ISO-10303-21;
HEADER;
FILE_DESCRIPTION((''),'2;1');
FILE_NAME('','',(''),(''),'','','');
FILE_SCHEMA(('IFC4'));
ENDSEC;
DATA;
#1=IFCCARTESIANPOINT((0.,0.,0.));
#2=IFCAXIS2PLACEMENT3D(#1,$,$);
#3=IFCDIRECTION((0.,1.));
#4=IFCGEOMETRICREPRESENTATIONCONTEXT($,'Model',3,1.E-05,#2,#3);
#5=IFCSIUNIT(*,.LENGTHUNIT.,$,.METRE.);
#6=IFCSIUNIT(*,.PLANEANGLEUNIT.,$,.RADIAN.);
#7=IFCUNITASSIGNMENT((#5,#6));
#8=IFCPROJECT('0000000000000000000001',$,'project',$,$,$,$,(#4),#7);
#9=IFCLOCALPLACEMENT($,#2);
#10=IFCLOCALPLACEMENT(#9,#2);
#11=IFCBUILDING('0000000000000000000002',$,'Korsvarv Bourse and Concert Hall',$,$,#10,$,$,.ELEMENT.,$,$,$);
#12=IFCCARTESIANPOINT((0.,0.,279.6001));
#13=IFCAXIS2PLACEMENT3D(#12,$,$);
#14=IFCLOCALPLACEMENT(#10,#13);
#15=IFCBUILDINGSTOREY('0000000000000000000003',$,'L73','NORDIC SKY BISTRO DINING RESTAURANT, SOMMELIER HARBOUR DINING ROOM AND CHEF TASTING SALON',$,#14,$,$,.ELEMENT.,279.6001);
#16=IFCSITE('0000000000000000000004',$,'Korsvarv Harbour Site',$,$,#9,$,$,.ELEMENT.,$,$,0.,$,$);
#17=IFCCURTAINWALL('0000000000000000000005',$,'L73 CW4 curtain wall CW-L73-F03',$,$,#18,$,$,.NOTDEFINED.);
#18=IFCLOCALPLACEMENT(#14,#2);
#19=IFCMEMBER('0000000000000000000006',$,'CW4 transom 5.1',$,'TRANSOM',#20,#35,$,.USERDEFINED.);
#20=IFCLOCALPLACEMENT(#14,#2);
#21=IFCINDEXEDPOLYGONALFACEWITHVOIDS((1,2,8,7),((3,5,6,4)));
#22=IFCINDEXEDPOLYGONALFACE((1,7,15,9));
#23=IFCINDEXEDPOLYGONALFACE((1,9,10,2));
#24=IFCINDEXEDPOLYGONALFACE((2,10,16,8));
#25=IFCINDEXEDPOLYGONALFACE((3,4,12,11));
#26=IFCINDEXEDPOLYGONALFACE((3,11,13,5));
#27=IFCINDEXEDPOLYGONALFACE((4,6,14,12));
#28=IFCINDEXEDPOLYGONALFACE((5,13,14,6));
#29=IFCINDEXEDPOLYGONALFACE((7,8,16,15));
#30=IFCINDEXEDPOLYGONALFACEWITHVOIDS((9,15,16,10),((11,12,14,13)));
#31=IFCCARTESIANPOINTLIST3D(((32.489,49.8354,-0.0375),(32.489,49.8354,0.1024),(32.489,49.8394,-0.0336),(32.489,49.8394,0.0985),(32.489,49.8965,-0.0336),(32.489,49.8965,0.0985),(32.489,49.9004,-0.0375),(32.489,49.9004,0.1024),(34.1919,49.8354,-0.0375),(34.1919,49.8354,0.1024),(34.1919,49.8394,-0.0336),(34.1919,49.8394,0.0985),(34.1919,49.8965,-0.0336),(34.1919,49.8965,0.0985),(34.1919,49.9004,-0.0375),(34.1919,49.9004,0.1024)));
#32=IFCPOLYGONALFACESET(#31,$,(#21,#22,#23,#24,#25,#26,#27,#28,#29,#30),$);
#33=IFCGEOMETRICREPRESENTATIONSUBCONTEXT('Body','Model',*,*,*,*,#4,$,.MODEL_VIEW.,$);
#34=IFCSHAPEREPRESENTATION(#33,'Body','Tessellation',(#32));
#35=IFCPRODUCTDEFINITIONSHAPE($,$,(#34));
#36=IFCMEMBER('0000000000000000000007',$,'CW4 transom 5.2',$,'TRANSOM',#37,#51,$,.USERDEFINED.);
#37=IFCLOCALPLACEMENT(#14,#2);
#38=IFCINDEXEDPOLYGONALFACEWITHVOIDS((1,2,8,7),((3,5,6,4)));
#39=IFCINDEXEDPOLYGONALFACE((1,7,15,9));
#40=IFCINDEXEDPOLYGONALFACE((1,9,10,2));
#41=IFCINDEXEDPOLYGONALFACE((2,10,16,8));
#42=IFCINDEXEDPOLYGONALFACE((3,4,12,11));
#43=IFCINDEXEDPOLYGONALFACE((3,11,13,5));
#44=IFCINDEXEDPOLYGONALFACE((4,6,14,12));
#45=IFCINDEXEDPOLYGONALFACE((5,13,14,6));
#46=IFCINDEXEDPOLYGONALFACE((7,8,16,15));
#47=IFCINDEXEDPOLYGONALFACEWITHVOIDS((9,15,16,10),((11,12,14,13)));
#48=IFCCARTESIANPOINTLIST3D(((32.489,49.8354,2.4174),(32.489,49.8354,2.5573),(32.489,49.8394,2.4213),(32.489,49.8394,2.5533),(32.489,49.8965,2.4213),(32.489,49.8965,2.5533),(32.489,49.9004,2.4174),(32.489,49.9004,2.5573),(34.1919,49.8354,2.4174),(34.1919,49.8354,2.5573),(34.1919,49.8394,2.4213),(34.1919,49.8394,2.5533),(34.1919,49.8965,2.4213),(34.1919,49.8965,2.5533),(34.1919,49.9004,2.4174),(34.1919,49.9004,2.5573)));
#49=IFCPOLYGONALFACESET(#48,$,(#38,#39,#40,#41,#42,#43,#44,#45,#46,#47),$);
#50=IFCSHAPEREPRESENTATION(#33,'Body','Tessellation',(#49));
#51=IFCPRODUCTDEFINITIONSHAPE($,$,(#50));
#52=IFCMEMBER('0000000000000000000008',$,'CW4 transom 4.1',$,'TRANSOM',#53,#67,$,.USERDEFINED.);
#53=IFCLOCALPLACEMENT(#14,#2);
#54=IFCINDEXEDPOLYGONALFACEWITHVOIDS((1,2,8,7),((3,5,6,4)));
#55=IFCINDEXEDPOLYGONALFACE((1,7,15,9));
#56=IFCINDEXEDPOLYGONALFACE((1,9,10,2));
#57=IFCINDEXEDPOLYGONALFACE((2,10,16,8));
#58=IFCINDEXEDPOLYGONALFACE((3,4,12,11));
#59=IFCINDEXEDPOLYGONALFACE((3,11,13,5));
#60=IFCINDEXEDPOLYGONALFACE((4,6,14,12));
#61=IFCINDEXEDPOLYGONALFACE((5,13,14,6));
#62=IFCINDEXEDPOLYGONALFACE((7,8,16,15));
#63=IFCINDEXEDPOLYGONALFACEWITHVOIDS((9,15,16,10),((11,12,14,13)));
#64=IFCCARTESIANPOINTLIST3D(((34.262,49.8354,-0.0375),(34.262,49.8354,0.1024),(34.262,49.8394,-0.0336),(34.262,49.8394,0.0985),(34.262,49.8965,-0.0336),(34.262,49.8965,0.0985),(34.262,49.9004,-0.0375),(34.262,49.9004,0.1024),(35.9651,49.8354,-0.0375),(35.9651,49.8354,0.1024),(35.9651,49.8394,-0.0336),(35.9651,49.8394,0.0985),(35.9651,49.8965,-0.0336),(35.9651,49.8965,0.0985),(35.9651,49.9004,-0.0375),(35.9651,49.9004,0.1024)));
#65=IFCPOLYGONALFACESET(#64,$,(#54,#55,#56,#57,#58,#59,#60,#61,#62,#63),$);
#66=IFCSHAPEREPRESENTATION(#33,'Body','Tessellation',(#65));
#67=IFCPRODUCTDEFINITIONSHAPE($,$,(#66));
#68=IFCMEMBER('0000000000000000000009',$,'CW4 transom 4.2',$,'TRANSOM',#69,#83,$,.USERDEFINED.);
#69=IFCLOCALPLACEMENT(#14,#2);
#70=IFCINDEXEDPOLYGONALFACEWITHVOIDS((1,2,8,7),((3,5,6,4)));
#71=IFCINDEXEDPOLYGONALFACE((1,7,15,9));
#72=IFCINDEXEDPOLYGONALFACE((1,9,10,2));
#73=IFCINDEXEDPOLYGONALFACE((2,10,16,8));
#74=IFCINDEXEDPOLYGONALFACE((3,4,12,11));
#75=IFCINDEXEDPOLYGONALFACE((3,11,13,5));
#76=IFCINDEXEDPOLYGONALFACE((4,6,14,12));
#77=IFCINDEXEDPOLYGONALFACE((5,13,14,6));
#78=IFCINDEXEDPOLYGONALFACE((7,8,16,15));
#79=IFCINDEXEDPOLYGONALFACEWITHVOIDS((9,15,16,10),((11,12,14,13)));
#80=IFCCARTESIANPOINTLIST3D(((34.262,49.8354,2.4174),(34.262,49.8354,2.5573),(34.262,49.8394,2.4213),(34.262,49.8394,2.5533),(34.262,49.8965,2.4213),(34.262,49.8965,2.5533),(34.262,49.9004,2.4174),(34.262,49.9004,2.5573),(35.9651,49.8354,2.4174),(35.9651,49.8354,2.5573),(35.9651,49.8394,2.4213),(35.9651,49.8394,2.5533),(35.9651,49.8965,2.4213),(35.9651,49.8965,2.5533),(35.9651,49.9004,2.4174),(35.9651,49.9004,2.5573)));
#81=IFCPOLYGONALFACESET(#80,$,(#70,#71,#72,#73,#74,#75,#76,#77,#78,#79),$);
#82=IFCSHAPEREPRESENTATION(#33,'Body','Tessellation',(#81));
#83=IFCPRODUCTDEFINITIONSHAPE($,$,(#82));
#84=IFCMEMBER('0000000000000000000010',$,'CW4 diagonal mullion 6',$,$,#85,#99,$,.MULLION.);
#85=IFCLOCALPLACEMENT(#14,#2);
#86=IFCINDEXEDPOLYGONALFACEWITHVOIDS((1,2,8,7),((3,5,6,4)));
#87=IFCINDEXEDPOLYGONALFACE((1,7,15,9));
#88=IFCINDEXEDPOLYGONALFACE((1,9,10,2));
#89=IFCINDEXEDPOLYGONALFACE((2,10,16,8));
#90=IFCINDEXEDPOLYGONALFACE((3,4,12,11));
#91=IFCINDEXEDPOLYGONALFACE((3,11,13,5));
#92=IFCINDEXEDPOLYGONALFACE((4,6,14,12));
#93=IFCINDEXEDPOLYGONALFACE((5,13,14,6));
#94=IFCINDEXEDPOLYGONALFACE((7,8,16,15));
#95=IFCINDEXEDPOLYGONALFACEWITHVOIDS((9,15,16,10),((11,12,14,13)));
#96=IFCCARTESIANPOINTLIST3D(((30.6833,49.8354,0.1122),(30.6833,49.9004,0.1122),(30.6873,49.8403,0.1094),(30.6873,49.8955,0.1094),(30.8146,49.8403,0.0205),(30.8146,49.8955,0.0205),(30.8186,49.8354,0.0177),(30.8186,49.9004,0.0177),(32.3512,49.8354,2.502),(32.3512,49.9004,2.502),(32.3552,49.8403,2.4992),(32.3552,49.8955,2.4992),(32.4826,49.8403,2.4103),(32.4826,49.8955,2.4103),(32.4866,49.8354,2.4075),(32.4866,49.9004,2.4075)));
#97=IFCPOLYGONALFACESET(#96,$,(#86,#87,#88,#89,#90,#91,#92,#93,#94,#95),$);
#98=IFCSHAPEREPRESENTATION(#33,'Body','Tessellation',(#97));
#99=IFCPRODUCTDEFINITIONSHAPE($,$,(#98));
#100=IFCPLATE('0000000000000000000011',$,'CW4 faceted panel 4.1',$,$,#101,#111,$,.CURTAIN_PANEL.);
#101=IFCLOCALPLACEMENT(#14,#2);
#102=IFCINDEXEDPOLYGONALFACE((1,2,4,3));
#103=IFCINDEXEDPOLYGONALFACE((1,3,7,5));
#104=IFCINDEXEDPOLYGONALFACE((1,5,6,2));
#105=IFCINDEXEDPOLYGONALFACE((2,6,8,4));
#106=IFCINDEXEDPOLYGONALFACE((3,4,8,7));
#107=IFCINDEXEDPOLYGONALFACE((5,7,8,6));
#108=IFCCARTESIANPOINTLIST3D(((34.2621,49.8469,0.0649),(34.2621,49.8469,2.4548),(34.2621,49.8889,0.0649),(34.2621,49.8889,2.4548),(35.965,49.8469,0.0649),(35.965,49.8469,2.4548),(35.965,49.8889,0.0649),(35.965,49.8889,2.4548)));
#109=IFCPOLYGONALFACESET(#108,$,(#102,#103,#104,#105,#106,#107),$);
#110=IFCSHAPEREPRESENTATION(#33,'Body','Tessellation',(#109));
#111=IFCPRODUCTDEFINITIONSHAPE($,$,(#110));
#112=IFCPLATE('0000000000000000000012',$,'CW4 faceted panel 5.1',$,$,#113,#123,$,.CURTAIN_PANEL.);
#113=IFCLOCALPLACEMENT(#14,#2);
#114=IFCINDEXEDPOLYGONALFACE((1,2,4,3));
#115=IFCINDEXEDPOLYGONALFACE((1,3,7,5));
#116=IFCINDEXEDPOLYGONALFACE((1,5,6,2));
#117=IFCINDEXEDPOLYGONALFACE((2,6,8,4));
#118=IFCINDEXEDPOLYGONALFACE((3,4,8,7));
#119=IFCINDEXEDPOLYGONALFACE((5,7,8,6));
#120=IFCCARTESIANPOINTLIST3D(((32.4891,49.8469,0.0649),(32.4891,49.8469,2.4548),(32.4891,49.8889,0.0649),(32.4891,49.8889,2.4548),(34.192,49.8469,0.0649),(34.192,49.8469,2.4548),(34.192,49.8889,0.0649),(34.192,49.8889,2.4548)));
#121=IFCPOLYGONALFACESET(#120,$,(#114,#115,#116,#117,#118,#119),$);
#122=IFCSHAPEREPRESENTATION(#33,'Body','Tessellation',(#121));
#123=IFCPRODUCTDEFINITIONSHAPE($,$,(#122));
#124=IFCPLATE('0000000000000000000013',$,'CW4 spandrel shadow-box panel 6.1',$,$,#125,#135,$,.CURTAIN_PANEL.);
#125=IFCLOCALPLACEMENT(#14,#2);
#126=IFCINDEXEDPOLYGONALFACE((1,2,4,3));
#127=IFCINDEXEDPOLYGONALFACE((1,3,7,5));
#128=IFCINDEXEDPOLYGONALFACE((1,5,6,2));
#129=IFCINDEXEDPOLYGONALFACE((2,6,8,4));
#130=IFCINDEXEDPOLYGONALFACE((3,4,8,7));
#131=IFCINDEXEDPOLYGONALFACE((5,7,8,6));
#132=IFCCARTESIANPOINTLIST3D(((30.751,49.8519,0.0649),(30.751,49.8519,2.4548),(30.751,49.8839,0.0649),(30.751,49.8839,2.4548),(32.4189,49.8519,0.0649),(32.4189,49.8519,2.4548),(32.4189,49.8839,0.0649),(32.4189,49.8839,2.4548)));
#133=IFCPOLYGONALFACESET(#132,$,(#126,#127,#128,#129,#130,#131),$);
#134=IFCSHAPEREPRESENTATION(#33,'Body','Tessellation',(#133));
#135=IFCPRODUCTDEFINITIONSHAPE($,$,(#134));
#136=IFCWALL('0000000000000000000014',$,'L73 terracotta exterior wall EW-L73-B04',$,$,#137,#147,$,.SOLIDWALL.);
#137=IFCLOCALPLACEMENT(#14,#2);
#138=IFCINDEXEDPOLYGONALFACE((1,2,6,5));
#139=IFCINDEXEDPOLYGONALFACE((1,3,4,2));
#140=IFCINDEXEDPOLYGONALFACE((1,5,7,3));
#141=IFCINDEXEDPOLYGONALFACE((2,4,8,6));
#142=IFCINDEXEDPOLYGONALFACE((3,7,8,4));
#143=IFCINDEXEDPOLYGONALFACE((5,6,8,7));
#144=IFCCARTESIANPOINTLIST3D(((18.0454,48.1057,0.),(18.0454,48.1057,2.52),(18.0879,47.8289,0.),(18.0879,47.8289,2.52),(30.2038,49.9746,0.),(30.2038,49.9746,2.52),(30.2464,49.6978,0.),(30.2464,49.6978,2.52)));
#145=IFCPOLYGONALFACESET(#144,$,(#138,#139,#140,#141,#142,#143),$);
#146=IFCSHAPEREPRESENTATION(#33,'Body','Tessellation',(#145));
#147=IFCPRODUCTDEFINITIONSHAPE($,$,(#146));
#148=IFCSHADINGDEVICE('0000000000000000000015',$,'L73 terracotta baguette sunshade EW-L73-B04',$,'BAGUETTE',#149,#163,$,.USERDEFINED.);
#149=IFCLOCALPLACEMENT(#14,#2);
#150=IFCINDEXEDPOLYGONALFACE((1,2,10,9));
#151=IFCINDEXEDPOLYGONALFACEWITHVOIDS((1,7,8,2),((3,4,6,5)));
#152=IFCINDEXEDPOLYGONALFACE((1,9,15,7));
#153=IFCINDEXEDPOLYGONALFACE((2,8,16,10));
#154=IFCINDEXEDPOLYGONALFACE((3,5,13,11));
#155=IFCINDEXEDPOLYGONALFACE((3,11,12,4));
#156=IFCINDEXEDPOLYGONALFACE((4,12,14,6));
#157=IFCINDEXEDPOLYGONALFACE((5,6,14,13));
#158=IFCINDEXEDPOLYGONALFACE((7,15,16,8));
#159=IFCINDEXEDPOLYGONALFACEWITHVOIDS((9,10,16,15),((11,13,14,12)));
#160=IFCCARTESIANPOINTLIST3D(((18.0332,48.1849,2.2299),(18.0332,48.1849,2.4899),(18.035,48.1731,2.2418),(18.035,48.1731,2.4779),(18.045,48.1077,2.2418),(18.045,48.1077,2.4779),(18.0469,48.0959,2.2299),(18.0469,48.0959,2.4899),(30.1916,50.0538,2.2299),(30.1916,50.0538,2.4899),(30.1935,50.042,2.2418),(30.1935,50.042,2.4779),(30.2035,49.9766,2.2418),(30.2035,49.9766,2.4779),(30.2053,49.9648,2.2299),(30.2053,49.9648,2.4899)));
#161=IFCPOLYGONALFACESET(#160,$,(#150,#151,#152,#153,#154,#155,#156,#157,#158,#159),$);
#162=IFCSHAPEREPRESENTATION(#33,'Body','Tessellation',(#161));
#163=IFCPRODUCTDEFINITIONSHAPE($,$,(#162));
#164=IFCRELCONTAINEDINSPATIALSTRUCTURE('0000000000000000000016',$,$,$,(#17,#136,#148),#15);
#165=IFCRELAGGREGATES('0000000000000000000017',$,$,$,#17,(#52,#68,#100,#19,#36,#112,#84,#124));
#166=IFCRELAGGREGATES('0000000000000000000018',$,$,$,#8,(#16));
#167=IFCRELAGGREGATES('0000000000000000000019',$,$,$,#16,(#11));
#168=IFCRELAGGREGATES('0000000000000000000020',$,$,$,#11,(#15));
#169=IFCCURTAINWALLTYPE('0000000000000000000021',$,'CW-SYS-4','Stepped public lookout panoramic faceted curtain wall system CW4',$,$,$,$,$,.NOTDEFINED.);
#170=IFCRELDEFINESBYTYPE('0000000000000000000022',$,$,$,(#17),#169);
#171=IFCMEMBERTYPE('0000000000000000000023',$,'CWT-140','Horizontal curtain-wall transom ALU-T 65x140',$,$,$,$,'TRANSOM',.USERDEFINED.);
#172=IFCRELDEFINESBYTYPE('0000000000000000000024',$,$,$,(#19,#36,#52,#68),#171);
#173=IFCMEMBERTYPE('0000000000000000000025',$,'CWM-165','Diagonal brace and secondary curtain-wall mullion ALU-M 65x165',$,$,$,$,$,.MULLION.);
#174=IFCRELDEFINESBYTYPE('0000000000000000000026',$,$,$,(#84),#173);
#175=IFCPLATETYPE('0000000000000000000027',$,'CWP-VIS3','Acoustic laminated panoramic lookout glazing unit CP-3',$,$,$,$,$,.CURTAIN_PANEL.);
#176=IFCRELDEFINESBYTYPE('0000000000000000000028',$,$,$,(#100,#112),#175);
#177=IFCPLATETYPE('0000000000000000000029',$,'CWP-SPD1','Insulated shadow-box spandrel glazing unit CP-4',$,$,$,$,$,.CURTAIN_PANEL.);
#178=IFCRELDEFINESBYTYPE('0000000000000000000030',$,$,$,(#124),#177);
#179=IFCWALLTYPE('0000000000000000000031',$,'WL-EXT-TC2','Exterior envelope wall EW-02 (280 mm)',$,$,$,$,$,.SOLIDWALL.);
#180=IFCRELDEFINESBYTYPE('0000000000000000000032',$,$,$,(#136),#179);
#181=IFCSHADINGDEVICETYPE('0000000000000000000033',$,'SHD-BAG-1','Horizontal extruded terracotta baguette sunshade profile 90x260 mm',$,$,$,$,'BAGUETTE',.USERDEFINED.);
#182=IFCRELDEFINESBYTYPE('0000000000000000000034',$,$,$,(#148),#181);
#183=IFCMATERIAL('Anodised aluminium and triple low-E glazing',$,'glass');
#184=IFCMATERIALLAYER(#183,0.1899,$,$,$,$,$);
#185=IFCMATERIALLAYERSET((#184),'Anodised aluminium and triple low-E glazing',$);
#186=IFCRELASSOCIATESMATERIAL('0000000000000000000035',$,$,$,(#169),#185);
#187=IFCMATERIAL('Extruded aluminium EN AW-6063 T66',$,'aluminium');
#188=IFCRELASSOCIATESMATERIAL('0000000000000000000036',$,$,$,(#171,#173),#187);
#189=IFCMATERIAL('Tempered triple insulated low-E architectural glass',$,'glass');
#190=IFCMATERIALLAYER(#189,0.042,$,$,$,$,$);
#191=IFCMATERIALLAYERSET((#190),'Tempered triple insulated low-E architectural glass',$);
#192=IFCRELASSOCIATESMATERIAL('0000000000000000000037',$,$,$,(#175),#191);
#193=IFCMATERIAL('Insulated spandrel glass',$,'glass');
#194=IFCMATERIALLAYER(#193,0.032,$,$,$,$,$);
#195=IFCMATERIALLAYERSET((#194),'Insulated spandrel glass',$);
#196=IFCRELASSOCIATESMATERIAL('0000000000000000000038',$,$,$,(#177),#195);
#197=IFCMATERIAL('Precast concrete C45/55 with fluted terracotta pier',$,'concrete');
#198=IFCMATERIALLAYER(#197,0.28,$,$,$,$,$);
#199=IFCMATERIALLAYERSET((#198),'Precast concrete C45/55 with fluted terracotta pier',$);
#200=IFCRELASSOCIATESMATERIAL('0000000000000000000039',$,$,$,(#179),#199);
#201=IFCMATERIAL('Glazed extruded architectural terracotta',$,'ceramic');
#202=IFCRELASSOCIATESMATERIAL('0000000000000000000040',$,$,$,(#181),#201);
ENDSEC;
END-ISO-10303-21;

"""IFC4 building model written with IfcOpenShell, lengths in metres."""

from ifc_helpers import new_model, si_unit, direction, frame, frame_2d, origin, origin_2d, place, context, subcontext, project, spatial, rectangle, hollow_rectangle, extrude, source, transform, mapped, material, layer, layer_set, material_profile, profile_set, type_object, element, aggregate, save


model = new_model("IFC4")

# Units and contexts
model_context = context("Model", 3, precision=1e-05, world=origin(), true_north=direction((0.0, 1.0)))
body_context = subcontext(model_context, "Body", "Model", "MODEL_VIEW")
ifc_project = project(units=[si_unit("LENGTHUNIT", "METRE"), si_unit("PLANEANGLEUNIT", "RADIAN")], contexts=[model_context])

# Site, building, storey
site_placement = place(None, origin())
site = spatial("IfcSite", under=ifc_project, at=site_placement, Name="Korsvarv Harbour Site", CompositionType="ELEMENT", RefElevation=0.0)
building_placement = place(site_placement, origin())
building = spatial("IfcBuilding", under=site, at=building_placement, Name="Korsvarv Bourse and Concert Hall", CompositionType="ELEMENT")
storey_placement = place(building_placement, frame((0.0, 0.0, 279.6001)))
storey = spatial("IfcBuildingStorey", under=building, at=storey_placement, Name="L73", Description="NORDIC SKY BISTRO DINING RESTAURANT, SOMMELIER HARBOUR DINING ROOM AND CHEF TASTING SALON", CompositionType="ELEMENT", Elevation=279.6001)

# Curtain wall, members, plates
ifc_material_1 = material(Name="Anodised aluminium and triple low-E glazing", Category="glass")
ifc_layer_1 = layer(ifc_material_1, 0.1899)
ifc_layer_set_1 = layer_set([ifc_layer_1], Name="Anodised aluminium and triple low-E glazing")
curtain_wall_type = type_object("IfcCurtainWallType", Name="CW-SYS-4", Description="Stepped public lookout panoramic faceted curtain wall system CW4", PredefinedType="NOTDEFINED", material=ifc_layer_set_1)
curtain_wall_placement = place(storey_placement, origin())
curtain_wall = element("IfcCurtainWall", 1, at=curtain_wall_placement, inside=storey, type_object=curtain_wall_type, Name="L73 CW4 curtain wall CW-L73-F03", PredefinedType="NOTDEFINED")
ifc_material_2 = material(Name="Extruded aluminium EN AW-6063 T66", Category="aluminium")
ifc_material_profile_1 = material_profile(ifc_material_2, hollow_rectangle(XDim=0.0649, YDim=0.1399, WallThickness=0.0039, at=origin_2d()), Name="ALU-T 65x140")
ifc_profile_set_1 = profile_set([ifc_material_profile_1], Name="Extruded aluminium EN AW-6063 T66")
member_type_1 = type_object("IfcMemberType", Name="CWT-140", Description="Horizontal curtain-wall transom ALU-T 65x140", ElementType="TRANSOM", PredefinedType="USERDEFINED", material=ifc_profile_set_1)
shared_shape_1 = source(origin(), body_context, "Body", "SweptSolid", [
    extrude(hollow_rectangle(XDim=0.0649, YDim=0.1399, WallThickness=0.0039, at=origin_2d()), origin(), (0.0, 0.0, 1.0), 1.7029),
])
member_1_placement = place(storey_placement, frame((34.1919, 49.8679, 0.0325), z_axis=(-1.0, 0.0, 0.0), x_axis=(0.0, -1.0, 0.0)))
member_1 = element("IfcMember", 2, at=member_1_placement, type_object=member_type_1, Name="CW4 transom 5.1", ObjectType="TRANSOM", PredefinedType="USERDEFINED", context=body_context, shape_type="MappedRepresentation", body=[
    mapped(shared_shape_1, transform((0.0, 0.0, 0.0), scale=1.0)),
])
member_2_placement = place(storey_placement, frame((34.1919, 49.8679, 2.4873), z_axis=(-1.0, 0.0, 0.0), x_axis=(0.0, -1.0, 0.0)))
member_2 = element("IfcMember", 3, at=member_2_placement, type_object=member_type_1, Name="CW4 transom 5.2", ObjectType="TRANSOM", PredefinedType="USERDEFINED", context=body_context, shape_type="MappedRepresentation", body=[
    mapped(shared_shape_1, transform((0.0, 0.0, 0.0), scale=1.0)),
])
shared_shape_2 = source(origin(), body_context, "Body", "SweptSolid", [
    extrude(hollow_rectangle(XDim=0.0649, YDim=0.1399, WallThickness=0.0039, at=origin_2d()), origin(), (0.0, 0.0, 1.0), 1.7031),
])
member_3_placement = place(storey_placement, frame((35.9651, 49.8679, 0.0325), z_axis=(-1.0, 0.0, 0.0), x_axis=(0.0, -1.0, 0.0)))
member_3 = element("IfcMember", 4, at=member_3_placement, type_object=member_type_1, Name="CW4 transom 4.1", ObjectType="TRANSOM", PredefinedType="USERDEFINED", context=body_context, shape_type="MappedRepresentation", body=[
    mapped(shared_shape_2, transform((0.0, 0.0, 0.0), scale=1.0)),
])
member_4_placement = place(storey_placement, frame((35.9651, 49.8679, 2.4873), z_axis=(-1.0, 0.0, 0.0), x_axis=(0.0, -1.0, 0.0)))
member_4 = element("IfcMember", 5, at=member_4_placement, type_object=member_type_1, Name="CW4 transom 4.2", ObjectType="TRANSOM", PredefinedType="USERDEFINED", context=body_context, shape_type="MappedRepresentation", body=[
    mapped(shared_shape_2, transform((0.0, 0.0, 0.0), scale=1.0)),
])
ifc_material_profile_2 = material_profile(ifc_material_2, hollow_rectangle(XDim=0.0649, YDim=0.165, WallThickness=0.0049, at=origin_2d()), Name="ALU-M 65x165")
ifc_profile_set_2 = profile_set([ifc_material_profile_2], Name="Extruded aluminium EN AW-6063 T66")
member_type_2 = type_object("IfcMemberType", Name="CWM-165", Description="Diagonal brace and secondary curtain-wall mullion ALU-M 65x165", PredefinedType="MULLION", material=ifc_profile_set_2)
shared_shape_3 = source(origin(), body_context, "Body", "SweptSolid", [
    extrude(hollow_rectangle(XDim=0.0649, YDim=0.165, WallThickness=0.0049, at=origin_2d()), origin(), (0.0, 0.0, 1.0), 2.9143),
])
member_5_placement = place(storey_placement, frame((30.751, 49.8679, 0.0649), z_axis=(0.57232, 0.0, 0.82003), x_axis=(0.0, 1.0, 0.0)))
member_5 = element("IfcMember", 6, at=member_5_placement, type_object=member_type_2, Name="CW4 diagonal mullion 6", PredefinedType="MULLION", context=body_context, shape_type="MappedRepresentation", body=[
    mapped(shared_shape_3, transform((0.0, 0.0, 0.0), scale=1.0)),
])
ifc_material_3 = material(Name="Tempered triple insulated low-E architectural glass", Category="glass")
ifc_layer_2 = layer(ifc_material_3, 0.042)
ifc_layer_set_2 = layer_set([ifc_layer_2], Name="Tempered triple insulated low-E architectural glass")
plate_type_1 = type_object("IfcPlateType", Name="CWP-VIS3", Description="Acoustic laminated panoramic lookout glazing unit CP-3", PredefinedType="CURTAIN_PANEL", material=ifc_layer_set_2)
shared_shape_4 = source(origin(), body_context, "Body", "SweptSolid", [
    extrude(rectangle(XDim=1.7029, YDim=0.042, at=origin_2d()), origin(), (0.0, 0.0, 1.0), 2.3899),
])
plate_1_placement = place(storey_placement, frame((35.1135, 49.8679, 0.0649), z_axis=(0.0, 0.0, 1.0), x_axis=(-1.0, 0.0, 0.0)))
plate_1 = element("IfcPlate", 7, at=plate_1_placement, type_object=plate_type_1, Name="CW4 faceted panel 4.1", PredefinedType="CURTAIN_PANEL", context=body_context, shape_type="MappedRepresentation", body=[
    mapped(shared_shape_4, transform((0.0, 0.0, 0.0), scale=1.0)),
])
plate_2_placement = place(storey_placement, frame((33.3406, 49.8679, 0.0649), z_axis=(0.0, 0.0, 1.0), x_axis=(-1.0, 0.0, 0.0)))
plate_2 = element("IfcPlate", 8, at=plate_2_placement, type_object=plate_type_1, Name="CW4 faceted panel 5.1", PredefinedType="CURTAIN_PANEL", context=body_context, shape_type="MappedRepresentation", body=[
    mapped(shared_shape_4, transform((0.0, 0.0, 0.0), scale=1.0)),
])
ifc_material_4 = material(Name="Insulated spandrel glass", Category="glass")
ifc_layer_3 = layer(ifc_material_4, 0.032)
ifc_layer_set_3 = layer_set([ifc_layer_3], Name="Insulated spandrel glass")
plate_type_2 = type_object("IfcPlateType", Name="CWP-SPD1", Description="Insulated shadow-box spandrel glazing unit CP-4", PredefinedType="CURTAIN_PANEL", material=ifc_layer_set_3)
shared_shape_5 = source(origin(), body_context, "Body", "SweptSolid", [
    extrude(rectangle(XDim=1.668, YDim=0.032, at=origin_2d()), origin(), (0.0, 0.0, 1.0), 2.3899),
])
plate_3_placement = place(storey_placement, frame((31.585, 49.8679, 0.0649), z_axis=(0.0, 0.0, 1.0), x_axis=(-1.0, 0.0, 0.0)))
plate_3 = element("IfcPlate", 9, at=plate_3_placement, type_object=plate_type_2, Name="CW4 spandrel shadow-box panel 6.1", PredefinedType="CURTAIN_PANEL", context=body_context, shape_type="MappedRepresentation", body=[
    mapped(shared_shape_5, transform((0.0, 0.0, 0.0), scale=1.0)),
])
aggregate(curtain_wall, [member_3, member_4, plate_1, member_1, member_2, plate_2, member_5, plate_3])

# Wall
ifc_material_5 = material(Name="Precast concrete C45/55 with fluted terracotta pier", Category="concrete")
ifc_layer_4 = layer(ifc_material_5, 0.28)
ifc_layer_set_4 = layer_set([ifc_layer_4], Name="Precast concrete C45/55 with fluted terracotta pier")
wall_type = type_object("IfcWallType", Name="WL-EXT-TC2", Description="Exterior envelope wall EW-02 (280 mm)", PredefinedType="SOLIDWALL", material=ifc_layer_set_4)
wall_placement = place(storey_placement, frame((30.2251, 49.8362, 0.0), z_axis=(0.0, 0.0, 1.0), x_axis=(-0.988392, -0.151927, 0.0)))
element("IfcWall", 10, at=wall_placement, inside=storey, type_object=wall_type, Name="L73 terracotta exterior wall EW-L73-B04", PredefinedType="SOLIDWALL", context=body_context, shape_type="SweptSolid", body=[
    extrude(rectangle(XDim=12.3013, YDim=0.28, at=frame_2d((6.1506, 0.0))), origin(), (0.0, 0.0, 1.0), 2.52),
])

# Shading device
ifc_material_6 = material(Name="Glazed extruded architectural terracotta", Category="ceramic")
ifc_material_profile_3 = material_profile(ifc_material_6, hollow_rectangle(XDim=0.0901, YDim=0.26, WallThickness=0.012, at=origin_2d()), Name="TC-BAG 90x260")
ifc_profile_set_3 = profile_set([ifc_material_profile_3], Name="Glazed extruded architectural terracotta")
shading_device_type = type_object("IfcShadingDeviceType", Name="SHD-BAG-1", Description="Horizontal extruded terracotta baguette sunshade profile 90x260 mm", ElementType="BAGUETTE", PredefinedType="USERDEFINED", material=ifc_profile_set_3)
shared_shape_6 = source(origin(), body_context, "Body", "SweptSolid", [
    extrude(hollow_rectangle(XDim=0.0901, YDim=0.26, WallThickness=0.012, at=origin_2d()), origin(), (0.0, 0.0, 1.0), 12.3013),
])
shading_device_placement = place(storey_placement, frame((30.1985, 50.0093, 2.3599), z_axis=(-0.988392, -0.151927, 0.0), x_axis=(0.151927, -0.988392, 0.0)))
element("IfcShadingDevice", 11, at=shading_device_placement, inside=storey, type_object=shading_device_type, Name="L73 terracotta baguette sunshade EW-L73-B04", ObjectType="BAGUETTE", PredefinedType="USERDEFINED", context=body_context, shape_type="MappedRepresentation", body=[
    mapped(shared_shape_6, transform((0.0, 0.0, 0.0), scale=1.0)),
])

save(model, "model.ifc")
